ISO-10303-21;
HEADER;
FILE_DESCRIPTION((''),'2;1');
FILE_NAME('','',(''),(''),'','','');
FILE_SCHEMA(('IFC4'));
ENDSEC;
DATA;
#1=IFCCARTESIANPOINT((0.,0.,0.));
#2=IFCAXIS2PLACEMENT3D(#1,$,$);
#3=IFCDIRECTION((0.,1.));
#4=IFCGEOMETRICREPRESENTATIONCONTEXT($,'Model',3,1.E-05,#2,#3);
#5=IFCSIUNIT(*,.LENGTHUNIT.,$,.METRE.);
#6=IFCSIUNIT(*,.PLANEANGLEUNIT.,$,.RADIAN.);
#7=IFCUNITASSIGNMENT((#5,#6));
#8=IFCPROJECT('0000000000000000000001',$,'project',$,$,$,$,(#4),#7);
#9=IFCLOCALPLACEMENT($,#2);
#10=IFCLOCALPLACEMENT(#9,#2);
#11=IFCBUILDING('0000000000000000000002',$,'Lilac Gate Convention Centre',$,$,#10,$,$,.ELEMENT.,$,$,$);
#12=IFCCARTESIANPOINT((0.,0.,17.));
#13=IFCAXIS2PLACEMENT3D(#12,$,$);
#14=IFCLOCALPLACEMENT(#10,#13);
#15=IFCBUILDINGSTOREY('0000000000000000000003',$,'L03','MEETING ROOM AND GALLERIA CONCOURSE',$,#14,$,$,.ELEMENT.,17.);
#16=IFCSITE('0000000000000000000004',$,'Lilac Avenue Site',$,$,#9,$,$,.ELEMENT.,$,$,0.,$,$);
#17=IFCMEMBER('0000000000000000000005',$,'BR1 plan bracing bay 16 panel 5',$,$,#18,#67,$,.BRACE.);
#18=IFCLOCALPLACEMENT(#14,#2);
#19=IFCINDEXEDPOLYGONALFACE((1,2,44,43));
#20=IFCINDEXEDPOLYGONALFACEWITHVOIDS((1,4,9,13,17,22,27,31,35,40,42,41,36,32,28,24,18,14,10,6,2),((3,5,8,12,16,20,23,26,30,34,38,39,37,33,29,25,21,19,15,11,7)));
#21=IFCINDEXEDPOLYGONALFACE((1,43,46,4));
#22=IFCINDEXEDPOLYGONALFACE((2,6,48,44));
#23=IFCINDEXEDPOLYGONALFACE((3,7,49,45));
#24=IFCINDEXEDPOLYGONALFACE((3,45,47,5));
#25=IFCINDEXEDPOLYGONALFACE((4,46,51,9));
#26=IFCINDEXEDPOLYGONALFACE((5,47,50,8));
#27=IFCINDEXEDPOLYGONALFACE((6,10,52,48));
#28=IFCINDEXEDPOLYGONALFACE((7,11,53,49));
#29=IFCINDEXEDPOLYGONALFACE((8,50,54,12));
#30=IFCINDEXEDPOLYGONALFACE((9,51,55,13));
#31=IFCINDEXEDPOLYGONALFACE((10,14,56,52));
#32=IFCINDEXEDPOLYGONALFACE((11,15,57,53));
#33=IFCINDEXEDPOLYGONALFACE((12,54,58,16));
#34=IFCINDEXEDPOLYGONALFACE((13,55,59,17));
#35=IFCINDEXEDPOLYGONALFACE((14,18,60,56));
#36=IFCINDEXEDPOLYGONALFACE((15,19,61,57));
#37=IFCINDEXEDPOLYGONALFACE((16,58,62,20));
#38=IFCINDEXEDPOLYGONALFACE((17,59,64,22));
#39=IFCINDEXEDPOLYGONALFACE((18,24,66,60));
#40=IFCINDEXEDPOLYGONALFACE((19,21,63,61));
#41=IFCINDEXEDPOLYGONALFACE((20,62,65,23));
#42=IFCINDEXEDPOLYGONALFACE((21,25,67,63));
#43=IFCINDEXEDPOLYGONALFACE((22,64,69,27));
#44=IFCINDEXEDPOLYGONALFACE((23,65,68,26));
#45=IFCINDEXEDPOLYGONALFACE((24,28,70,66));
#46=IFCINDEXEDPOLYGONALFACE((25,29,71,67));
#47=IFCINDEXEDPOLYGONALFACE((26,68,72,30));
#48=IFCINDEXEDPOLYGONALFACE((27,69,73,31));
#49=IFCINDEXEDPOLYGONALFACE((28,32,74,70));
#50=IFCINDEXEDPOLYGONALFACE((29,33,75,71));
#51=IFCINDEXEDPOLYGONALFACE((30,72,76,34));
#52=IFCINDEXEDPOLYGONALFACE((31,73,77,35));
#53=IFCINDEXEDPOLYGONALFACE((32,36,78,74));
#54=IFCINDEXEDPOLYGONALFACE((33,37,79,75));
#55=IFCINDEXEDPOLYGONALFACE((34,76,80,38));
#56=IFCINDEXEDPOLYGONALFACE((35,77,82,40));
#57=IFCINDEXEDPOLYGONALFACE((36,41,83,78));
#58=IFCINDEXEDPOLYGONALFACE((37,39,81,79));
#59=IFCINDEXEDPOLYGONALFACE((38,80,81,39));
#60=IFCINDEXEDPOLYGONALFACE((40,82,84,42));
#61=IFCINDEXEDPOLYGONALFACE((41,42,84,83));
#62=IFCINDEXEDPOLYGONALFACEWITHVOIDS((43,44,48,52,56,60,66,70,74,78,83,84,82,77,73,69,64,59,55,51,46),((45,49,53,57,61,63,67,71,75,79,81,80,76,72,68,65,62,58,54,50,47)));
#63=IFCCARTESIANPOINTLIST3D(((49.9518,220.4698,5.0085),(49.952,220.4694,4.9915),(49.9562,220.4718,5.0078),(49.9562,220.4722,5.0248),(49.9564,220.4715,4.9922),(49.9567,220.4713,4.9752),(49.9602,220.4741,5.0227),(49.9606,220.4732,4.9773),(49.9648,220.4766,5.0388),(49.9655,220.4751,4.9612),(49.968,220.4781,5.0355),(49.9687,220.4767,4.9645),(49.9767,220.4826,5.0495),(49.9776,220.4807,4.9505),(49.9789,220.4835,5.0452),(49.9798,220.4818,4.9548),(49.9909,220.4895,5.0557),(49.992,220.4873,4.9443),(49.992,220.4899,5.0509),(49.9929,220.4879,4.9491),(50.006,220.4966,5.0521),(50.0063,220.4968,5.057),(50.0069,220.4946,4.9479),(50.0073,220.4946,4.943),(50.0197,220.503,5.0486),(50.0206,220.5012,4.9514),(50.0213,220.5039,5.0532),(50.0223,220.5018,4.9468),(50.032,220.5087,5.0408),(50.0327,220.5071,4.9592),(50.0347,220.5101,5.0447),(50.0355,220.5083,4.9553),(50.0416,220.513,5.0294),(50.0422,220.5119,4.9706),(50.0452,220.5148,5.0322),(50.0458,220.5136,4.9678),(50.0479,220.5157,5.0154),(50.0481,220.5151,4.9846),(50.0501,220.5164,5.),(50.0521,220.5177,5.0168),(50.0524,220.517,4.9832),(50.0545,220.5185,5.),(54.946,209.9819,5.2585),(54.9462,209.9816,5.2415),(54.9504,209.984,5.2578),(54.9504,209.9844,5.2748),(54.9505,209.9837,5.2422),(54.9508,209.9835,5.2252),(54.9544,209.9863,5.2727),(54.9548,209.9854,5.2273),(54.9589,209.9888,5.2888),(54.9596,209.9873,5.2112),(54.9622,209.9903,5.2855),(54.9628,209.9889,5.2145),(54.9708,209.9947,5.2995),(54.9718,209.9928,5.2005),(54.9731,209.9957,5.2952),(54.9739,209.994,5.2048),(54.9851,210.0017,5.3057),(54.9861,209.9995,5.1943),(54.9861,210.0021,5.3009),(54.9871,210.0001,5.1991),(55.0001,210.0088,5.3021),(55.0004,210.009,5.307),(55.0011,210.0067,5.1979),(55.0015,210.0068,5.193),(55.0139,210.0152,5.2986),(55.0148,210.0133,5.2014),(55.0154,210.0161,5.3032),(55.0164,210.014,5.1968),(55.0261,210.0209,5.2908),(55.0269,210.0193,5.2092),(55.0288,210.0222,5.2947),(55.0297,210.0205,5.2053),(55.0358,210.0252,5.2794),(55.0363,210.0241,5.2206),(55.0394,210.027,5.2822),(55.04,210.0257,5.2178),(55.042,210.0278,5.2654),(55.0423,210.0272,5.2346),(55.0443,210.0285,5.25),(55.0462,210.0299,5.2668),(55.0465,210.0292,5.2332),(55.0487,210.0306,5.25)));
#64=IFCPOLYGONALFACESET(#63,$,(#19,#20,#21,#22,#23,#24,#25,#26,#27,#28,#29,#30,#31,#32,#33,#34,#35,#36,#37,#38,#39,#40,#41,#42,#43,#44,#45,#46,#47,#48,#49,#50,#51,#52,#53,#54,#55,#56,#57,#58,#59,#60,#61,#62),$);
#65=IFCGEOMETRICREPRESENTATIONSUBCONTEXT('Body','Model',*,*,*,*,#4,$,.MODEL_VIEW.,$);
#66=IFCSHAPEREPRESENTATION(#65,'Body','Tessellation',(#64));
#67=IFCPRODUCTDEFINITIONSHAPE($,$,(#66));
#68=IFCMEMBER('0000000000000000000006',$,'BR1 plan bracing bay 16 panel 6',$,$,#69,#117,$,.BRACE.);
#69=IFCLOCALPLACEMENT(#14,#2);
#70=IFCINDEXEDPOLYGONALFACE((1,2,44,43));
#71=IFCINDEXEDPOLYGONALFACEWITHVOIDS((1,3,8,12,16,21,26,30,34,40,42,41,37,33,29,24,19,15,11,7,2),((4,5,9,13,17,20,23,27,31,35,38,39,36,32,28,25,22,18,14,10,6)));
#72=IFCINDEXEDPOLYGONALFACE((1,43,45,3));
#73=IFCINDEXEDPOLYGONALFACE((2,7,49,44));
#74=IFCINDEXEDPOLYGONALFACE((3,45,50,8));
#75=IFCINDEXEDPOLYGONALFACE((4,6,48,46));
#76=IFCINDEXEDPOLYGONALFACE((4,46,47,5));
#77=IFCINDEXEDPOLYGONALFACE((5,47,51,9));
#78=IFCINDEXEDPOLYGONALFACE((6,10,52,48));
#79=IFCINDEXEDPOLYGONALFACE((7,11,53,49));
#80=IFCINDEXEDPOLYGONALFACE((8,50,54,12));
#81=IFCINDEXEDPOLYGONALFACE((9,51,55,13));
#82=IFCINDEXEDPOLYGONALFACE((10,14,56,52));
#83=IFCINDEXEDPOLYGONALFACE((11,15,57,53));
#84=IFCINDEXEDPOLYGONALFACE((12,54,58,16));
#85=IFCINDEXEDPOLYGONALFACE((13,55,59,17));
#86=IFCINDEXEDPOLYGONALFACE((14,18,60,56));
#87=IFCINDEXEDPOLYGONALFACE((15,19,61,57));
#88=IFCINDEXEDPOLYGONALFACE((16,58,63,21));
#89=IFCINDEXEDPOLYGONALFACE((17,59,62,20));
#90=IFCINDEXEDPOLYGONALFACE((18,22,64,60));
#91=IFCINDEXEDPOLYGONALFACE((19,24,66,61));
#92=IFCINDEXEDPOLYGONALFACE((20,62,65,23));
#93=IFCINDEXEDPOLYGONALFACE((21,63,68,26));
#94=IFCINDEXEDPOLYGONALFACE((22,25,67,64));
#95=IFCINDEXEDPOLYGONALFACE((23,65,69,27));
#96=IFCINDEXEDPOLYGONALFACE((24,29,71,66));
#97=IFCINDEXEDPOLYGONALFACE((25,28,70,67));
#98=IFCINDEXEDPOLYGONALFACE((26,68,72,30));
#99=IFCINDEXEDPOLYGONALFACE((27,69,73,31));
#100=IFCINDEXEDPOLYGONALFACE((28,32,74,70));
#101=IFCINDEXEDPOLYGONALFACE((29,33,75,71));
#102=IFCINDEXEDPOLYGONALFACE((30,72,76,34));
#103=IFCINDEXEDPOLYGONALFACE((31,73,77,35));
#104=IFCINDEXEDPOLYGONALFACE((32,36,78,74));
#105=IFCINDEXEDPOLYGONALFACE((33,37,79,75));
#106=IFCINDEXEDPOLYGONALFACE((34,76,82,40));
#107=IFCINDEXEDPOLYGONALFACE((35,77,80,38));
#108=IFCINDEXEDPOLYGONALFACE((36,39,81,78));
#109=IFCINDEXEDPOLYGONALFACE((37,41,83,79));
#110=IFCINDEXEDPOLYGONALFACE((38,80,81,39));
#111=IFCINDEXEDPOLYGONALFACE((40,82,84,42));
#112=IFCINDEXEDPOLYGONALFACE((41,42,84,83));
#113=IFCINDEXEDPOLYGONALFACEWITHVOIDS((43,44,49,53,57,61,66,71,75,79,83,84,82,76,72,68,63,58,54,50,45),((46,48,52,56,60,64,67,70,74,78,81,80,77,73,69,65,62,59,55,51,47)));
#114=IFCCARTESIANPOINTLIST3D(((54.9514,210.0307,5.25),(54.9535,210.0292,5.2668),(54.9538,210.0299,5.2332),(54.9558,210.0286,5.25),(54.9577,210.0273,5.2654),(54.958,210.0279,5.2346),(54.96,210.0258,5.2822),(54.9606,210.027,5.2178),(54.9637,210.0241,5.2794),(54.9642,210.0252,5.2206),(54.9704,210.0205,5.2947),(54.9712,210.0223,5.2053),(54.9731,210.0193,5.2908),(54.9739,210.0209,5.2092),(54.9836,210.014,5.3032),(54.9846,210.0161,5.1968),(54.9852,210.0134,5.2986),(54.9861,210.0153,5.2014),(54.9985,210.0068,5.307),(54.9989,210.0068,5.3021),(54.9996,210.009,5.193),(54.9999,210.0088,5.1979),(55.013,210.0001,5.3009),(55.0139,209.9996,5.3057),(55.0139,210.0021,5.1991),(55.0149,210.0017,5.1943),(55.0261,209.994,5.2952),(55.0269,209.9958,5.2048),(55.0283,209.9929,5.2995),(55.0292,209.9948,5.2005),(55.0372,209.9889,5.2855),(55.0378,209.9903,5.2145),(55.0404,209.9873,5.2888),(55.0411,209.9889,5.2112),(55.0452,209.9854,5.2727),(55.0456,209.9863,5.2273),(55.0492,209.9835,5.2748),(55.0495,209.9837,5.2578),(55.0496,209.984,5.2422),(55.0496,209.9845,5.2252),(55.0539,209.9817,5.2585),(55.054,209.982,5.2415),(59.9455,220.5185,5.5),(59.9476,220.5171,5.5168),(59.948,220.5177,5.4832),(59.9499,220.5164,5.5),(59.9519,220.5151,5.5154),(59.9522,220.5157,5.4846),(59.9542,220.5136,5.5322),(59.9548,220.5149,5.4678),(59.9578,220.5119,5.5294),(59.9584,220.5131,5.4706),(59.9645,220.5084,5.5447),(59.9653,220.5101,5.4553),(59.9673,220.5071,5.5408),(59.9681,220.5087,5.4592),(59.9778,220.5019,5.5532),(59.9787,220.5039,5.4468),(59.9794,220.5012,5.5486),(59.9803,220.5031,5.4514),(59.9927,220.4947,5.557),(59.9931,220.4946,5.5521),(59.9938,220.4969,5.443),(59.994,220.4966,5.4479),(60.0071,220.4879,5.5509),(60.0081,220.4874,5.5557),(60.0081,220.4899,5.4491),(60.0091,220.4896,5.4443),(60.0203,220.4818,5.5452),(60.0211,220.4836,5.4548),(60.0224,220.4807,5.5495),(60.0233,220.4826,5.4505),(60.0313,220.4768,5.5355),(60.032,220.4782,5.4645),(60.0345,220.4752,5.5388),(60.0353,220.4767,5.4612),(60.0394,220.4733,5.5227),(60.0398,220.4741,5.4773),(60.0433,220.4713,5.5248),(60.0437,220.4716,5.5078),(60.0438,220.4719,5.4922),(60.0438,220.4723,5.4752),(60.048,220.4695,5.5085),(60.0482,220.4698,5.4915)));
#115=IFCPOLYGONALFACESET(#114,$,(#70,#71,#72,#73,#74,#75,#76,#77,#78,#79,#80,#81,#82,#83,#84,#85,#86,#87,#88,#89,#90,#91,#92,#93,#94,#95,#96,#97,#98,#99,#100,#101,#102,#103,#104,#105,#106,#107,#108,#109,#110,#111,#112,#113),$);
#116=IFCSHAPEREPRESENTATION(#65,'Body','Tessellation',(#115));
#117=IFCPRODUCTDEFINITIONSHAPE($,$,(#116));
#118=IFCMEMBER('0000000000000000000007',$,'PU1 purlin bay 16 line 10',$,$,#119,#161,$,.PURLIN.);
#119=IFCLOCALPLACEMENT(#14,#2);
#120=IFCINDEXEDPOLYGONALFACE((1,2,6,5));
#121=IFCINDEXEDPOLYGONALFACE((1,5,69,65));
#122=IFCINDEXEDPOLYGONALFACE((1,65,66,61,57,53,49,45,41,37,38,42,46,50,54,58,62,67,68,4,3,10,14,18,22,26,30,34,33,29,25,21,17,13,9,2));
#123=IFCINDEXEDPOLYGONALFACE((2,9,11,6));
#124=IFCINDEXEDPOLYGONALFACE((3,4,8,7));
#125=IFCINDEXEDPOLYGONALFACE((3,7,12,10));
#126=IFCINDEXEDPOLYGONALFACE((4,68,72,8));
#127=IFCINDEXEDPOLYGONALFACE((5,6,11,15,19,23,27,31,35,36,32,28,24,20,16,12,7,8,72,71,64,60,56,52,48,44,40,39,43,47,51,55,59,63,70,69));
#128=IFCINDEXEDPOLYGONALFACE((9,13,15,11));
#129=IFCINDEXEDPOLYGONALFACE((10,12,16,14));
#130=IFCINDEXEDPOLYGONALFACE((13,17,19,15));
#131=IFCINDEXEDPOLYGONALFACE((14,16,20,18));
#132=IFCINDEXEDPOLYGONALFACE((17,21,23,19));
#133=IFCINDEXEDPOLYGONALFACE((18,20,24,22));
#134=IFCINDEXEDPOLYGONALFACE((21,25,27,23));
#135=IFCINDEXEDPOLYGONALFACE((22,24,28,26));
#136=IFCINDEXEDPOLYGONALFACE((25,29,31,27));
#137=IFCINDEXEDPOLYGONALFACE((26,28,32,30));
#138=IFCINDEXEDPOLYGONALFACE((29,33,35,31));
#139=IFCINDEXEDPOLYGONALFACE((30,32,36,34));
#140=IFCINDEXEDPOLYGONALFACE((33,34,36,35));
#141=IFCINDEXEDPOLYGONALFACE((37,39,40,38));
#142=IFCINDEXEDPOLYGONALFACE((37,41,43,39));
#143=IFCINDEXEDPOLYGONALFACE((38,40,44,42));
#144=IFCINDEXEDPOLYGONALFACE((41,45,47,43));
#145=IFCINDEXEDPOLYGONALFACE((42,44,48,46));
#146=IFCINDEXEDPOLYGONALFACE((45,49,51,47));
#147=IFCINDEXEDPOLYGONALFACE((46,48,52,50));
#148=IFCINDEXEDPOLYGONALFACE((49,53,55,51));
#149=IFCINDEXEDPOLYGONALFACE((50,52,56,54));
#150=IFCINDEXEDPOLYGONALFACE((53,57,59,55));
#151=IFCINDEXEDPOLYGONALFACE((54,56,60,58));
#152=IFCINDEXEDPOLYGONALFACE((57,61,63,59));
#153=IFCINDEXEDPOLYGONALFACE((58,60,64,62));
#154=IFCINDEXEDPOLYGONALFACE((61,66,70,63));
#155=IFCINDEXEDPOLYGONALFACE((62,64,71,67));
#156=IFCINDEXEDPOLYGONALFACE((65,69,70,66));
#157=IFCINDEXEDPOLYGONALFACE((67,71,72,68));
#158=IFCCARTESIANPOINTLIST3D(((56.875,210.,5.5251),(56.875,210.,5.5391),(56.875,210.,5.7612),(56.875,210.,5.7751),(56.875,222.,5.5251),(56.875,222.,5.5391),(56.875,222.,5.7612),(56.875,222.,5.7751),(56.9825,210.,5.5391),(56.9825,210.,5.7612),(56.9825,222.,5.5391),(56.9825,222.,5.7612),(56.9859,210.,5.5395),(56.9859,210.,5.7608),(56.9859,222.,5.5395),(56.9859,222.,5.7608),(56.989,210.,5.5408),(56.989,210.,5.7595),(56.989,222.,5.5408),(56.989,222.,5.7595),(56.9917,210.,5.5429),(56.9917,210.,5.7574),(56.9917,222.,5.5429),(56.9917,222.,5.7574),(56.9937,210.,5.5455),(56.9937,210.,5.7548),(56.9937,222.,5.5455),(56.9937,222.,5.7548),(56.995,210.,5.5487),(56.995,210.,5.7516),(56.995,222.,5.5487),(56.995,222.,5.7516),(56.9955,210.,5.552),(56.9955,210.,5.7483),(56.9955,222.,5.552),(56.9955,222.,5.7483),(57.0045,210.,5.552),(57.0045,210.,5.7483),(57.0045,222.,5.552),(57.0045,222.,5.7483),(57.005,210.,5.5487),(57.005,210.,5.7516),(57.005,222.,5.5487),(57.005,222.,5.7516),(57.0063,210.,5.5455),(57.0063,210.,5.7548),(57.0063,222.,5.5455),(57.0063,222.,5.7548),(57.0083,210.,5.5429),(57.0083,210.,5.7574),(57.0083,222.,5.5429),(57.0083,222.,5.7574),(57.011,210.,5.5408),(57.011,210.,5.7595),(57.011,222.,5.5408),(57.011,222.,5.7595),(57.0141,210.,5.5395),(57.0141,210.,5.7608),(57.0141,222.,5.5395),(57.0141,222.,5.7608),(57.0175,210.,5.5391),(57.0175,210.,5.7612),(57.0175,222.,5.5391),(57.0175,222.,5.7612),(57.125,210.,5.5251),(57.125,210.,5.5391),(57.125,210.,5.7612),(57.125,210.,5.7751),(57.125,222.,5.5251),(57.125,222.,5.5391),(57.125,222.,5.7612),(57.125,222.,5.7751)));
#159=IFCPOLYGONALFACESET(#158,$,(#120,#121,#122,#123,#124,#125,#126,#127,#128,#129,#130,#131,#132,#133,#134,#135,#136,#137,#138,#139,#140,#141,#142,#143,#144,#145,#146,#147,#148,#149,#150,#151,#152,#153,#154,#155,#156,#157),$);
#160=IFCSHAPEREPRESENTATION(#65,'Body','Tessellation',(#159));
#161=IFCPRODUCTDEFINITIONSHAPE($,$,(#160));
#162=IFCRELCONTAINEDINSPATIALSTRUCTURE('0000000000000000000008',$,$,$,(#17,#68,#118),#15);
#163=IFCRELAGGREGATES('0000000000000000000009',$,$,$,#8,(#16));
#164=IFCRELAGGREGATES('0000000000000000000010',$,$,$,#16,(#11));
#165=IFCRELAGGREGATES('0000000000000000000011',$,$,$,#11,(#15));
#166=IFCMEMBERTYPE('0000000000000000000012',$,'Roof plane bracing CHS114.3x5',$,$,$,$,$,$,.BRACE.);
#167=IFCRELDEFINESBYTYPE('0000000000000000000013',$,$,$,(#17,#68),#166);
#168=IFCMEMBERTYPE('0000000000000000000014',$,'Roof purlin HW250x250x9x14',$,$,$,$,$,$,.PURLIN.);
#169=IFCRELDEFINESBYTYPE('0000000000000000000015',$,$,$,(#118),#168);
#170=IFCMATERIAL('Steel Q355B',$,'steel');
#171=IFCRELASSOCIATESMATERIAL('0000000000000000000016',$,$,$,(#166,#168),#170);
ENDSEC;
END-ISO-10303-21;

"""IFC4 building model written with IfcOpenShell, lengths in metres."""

from ifc_helpers import new_model, si_unit, direction, frame, origin, origin_2d, place, context, subcontext, project, spatial, hollow_circle, i_section, extrude, material, material_profile, profile_set, type_object, element, save


model = new_model("IFC4")

# Units and contexts
model_context = context("Model", 3, precision=1e-05, world=origin(), true_north=direction((0.0, 1.0)))
body_context = subcontext(model_context, "Body", "Model", "MODEL_VIEW")
ifc_project = project(units=[si_unit("LENGTHUNIT", "METRE"), si_unit("PLANEANGLEUNIT", "RADIAN")], contexts=[model_context])

# Site, building, storey
site_placement = place(None, origin())
site = spatial("IfcSite", under=ifc_project, at=site_placement, Name="Lilac Avenue Site", CompositionType="ELEMENT", RefElevation=0.0)
building_placement = place(site_placement, origin())
building = spatial("IfcBuilding", under=site, at=building_placement, Name="Lilac Gate Convention Centre", CompositionType="ELEMENT")
storey_placement = place(building_placement, frame((0.0, 0.0, 17.0)))
storey = spatial("IfcBuildingStorey", under=building, at=storey_placement, Name="L03", Description="MEETING ROOM AND GALLERIA CONCOURSE", CompositionType="ELEMENT", Elevation=17.0)

# Members
ifc_material = material(Name="Steel Q355B", Category="steel")
ifc_material_profile_1 = material_profile(ifc_material, hollow_circle(Radius=0.0571, WallThickness=0.0049, at=origin_2d()), Name="CHS114.3x5")
ifc_profile_set_1 = profile_set([ifc_material_profile_1], Name="Steel Q355B")
member_type_1 = type_object("IfcMemberType", Name="Roof plane bracing CHS114.3x5", PredefinedType="BRACE", material=ifc_profile_set_1)
for number, where, z_axis, x_axis, name in (
    (1, (50.0029, 220.4939, 5.0), (0.429831, -0.902653, 0.021517), (0.902862, 0.42993, 0.0), "BR1 plan bracing bay 16 panel 5"),
    (2, (55.0029, 210.0061, 5.25), (0.429831, 0.902653, 0.021517), (-0.902862, 0.42993, 0.0), "BR1 plan bracing bay 16 panel 6"),
):
    element("IfcMember", number, at=place(storey_placement, frame(where, z_axis=z_axis, x_axis=x_axis)), inside=storey, type_object=member_type_1, Name=name, PredefinedType="BRACE", context=body_context, shape_type="SweptSolid", body=[
        extrude(hollow_circle(Radius=0.0571, WallThickness=0.0049, at=origin_2d()), origin(), (0.0, 0.0, 1.0), 11.6189),
    ])
ifc_material_profile_2 = material_profile(ifc_material, i_section(OverallWidth=0.25, OverallDepth=0.25, WebThickness=0.009, FlangeThickness=0.0139, FilletRadius=0.0129, at=origin_2d()), Name="HW250x250x9x14")
ifc_profile_set_2 = profile_set([ifc_material_profile_2], Name="Steel Q355B")
member_type_2 = type_object("IfcMemberType", Name="Roof purlin HW250x250x9x14", PredefinedType="PURLIN", material=ifc_profile_set_2)
member_1_placement = place(storey_placement, frame((57.0, 210.0, 5.6501), z_axis=(0.0, 1.0, 0.0), x_axis=(-1.0, 0.0, 0.0)))
element("IfcMember", 3, at=member_1_placement, inside=storey, type_object=member_type_2, Name="PU1 purlin bay 16 line 10", PredefinedType="PURLIN", context=body_context, shape_type="SweptSolid", body=[
    extrude(i_section(OverallWidth=0.25, OverallDepth=0.25, WebThickness=0.009, FlangeThickness=0.0139, FilletRadius=0.0129, at=origin_2d()), origin(), (0.0, 0.0, 1.0), 12.0),
])

save(model, "model.ifc")
